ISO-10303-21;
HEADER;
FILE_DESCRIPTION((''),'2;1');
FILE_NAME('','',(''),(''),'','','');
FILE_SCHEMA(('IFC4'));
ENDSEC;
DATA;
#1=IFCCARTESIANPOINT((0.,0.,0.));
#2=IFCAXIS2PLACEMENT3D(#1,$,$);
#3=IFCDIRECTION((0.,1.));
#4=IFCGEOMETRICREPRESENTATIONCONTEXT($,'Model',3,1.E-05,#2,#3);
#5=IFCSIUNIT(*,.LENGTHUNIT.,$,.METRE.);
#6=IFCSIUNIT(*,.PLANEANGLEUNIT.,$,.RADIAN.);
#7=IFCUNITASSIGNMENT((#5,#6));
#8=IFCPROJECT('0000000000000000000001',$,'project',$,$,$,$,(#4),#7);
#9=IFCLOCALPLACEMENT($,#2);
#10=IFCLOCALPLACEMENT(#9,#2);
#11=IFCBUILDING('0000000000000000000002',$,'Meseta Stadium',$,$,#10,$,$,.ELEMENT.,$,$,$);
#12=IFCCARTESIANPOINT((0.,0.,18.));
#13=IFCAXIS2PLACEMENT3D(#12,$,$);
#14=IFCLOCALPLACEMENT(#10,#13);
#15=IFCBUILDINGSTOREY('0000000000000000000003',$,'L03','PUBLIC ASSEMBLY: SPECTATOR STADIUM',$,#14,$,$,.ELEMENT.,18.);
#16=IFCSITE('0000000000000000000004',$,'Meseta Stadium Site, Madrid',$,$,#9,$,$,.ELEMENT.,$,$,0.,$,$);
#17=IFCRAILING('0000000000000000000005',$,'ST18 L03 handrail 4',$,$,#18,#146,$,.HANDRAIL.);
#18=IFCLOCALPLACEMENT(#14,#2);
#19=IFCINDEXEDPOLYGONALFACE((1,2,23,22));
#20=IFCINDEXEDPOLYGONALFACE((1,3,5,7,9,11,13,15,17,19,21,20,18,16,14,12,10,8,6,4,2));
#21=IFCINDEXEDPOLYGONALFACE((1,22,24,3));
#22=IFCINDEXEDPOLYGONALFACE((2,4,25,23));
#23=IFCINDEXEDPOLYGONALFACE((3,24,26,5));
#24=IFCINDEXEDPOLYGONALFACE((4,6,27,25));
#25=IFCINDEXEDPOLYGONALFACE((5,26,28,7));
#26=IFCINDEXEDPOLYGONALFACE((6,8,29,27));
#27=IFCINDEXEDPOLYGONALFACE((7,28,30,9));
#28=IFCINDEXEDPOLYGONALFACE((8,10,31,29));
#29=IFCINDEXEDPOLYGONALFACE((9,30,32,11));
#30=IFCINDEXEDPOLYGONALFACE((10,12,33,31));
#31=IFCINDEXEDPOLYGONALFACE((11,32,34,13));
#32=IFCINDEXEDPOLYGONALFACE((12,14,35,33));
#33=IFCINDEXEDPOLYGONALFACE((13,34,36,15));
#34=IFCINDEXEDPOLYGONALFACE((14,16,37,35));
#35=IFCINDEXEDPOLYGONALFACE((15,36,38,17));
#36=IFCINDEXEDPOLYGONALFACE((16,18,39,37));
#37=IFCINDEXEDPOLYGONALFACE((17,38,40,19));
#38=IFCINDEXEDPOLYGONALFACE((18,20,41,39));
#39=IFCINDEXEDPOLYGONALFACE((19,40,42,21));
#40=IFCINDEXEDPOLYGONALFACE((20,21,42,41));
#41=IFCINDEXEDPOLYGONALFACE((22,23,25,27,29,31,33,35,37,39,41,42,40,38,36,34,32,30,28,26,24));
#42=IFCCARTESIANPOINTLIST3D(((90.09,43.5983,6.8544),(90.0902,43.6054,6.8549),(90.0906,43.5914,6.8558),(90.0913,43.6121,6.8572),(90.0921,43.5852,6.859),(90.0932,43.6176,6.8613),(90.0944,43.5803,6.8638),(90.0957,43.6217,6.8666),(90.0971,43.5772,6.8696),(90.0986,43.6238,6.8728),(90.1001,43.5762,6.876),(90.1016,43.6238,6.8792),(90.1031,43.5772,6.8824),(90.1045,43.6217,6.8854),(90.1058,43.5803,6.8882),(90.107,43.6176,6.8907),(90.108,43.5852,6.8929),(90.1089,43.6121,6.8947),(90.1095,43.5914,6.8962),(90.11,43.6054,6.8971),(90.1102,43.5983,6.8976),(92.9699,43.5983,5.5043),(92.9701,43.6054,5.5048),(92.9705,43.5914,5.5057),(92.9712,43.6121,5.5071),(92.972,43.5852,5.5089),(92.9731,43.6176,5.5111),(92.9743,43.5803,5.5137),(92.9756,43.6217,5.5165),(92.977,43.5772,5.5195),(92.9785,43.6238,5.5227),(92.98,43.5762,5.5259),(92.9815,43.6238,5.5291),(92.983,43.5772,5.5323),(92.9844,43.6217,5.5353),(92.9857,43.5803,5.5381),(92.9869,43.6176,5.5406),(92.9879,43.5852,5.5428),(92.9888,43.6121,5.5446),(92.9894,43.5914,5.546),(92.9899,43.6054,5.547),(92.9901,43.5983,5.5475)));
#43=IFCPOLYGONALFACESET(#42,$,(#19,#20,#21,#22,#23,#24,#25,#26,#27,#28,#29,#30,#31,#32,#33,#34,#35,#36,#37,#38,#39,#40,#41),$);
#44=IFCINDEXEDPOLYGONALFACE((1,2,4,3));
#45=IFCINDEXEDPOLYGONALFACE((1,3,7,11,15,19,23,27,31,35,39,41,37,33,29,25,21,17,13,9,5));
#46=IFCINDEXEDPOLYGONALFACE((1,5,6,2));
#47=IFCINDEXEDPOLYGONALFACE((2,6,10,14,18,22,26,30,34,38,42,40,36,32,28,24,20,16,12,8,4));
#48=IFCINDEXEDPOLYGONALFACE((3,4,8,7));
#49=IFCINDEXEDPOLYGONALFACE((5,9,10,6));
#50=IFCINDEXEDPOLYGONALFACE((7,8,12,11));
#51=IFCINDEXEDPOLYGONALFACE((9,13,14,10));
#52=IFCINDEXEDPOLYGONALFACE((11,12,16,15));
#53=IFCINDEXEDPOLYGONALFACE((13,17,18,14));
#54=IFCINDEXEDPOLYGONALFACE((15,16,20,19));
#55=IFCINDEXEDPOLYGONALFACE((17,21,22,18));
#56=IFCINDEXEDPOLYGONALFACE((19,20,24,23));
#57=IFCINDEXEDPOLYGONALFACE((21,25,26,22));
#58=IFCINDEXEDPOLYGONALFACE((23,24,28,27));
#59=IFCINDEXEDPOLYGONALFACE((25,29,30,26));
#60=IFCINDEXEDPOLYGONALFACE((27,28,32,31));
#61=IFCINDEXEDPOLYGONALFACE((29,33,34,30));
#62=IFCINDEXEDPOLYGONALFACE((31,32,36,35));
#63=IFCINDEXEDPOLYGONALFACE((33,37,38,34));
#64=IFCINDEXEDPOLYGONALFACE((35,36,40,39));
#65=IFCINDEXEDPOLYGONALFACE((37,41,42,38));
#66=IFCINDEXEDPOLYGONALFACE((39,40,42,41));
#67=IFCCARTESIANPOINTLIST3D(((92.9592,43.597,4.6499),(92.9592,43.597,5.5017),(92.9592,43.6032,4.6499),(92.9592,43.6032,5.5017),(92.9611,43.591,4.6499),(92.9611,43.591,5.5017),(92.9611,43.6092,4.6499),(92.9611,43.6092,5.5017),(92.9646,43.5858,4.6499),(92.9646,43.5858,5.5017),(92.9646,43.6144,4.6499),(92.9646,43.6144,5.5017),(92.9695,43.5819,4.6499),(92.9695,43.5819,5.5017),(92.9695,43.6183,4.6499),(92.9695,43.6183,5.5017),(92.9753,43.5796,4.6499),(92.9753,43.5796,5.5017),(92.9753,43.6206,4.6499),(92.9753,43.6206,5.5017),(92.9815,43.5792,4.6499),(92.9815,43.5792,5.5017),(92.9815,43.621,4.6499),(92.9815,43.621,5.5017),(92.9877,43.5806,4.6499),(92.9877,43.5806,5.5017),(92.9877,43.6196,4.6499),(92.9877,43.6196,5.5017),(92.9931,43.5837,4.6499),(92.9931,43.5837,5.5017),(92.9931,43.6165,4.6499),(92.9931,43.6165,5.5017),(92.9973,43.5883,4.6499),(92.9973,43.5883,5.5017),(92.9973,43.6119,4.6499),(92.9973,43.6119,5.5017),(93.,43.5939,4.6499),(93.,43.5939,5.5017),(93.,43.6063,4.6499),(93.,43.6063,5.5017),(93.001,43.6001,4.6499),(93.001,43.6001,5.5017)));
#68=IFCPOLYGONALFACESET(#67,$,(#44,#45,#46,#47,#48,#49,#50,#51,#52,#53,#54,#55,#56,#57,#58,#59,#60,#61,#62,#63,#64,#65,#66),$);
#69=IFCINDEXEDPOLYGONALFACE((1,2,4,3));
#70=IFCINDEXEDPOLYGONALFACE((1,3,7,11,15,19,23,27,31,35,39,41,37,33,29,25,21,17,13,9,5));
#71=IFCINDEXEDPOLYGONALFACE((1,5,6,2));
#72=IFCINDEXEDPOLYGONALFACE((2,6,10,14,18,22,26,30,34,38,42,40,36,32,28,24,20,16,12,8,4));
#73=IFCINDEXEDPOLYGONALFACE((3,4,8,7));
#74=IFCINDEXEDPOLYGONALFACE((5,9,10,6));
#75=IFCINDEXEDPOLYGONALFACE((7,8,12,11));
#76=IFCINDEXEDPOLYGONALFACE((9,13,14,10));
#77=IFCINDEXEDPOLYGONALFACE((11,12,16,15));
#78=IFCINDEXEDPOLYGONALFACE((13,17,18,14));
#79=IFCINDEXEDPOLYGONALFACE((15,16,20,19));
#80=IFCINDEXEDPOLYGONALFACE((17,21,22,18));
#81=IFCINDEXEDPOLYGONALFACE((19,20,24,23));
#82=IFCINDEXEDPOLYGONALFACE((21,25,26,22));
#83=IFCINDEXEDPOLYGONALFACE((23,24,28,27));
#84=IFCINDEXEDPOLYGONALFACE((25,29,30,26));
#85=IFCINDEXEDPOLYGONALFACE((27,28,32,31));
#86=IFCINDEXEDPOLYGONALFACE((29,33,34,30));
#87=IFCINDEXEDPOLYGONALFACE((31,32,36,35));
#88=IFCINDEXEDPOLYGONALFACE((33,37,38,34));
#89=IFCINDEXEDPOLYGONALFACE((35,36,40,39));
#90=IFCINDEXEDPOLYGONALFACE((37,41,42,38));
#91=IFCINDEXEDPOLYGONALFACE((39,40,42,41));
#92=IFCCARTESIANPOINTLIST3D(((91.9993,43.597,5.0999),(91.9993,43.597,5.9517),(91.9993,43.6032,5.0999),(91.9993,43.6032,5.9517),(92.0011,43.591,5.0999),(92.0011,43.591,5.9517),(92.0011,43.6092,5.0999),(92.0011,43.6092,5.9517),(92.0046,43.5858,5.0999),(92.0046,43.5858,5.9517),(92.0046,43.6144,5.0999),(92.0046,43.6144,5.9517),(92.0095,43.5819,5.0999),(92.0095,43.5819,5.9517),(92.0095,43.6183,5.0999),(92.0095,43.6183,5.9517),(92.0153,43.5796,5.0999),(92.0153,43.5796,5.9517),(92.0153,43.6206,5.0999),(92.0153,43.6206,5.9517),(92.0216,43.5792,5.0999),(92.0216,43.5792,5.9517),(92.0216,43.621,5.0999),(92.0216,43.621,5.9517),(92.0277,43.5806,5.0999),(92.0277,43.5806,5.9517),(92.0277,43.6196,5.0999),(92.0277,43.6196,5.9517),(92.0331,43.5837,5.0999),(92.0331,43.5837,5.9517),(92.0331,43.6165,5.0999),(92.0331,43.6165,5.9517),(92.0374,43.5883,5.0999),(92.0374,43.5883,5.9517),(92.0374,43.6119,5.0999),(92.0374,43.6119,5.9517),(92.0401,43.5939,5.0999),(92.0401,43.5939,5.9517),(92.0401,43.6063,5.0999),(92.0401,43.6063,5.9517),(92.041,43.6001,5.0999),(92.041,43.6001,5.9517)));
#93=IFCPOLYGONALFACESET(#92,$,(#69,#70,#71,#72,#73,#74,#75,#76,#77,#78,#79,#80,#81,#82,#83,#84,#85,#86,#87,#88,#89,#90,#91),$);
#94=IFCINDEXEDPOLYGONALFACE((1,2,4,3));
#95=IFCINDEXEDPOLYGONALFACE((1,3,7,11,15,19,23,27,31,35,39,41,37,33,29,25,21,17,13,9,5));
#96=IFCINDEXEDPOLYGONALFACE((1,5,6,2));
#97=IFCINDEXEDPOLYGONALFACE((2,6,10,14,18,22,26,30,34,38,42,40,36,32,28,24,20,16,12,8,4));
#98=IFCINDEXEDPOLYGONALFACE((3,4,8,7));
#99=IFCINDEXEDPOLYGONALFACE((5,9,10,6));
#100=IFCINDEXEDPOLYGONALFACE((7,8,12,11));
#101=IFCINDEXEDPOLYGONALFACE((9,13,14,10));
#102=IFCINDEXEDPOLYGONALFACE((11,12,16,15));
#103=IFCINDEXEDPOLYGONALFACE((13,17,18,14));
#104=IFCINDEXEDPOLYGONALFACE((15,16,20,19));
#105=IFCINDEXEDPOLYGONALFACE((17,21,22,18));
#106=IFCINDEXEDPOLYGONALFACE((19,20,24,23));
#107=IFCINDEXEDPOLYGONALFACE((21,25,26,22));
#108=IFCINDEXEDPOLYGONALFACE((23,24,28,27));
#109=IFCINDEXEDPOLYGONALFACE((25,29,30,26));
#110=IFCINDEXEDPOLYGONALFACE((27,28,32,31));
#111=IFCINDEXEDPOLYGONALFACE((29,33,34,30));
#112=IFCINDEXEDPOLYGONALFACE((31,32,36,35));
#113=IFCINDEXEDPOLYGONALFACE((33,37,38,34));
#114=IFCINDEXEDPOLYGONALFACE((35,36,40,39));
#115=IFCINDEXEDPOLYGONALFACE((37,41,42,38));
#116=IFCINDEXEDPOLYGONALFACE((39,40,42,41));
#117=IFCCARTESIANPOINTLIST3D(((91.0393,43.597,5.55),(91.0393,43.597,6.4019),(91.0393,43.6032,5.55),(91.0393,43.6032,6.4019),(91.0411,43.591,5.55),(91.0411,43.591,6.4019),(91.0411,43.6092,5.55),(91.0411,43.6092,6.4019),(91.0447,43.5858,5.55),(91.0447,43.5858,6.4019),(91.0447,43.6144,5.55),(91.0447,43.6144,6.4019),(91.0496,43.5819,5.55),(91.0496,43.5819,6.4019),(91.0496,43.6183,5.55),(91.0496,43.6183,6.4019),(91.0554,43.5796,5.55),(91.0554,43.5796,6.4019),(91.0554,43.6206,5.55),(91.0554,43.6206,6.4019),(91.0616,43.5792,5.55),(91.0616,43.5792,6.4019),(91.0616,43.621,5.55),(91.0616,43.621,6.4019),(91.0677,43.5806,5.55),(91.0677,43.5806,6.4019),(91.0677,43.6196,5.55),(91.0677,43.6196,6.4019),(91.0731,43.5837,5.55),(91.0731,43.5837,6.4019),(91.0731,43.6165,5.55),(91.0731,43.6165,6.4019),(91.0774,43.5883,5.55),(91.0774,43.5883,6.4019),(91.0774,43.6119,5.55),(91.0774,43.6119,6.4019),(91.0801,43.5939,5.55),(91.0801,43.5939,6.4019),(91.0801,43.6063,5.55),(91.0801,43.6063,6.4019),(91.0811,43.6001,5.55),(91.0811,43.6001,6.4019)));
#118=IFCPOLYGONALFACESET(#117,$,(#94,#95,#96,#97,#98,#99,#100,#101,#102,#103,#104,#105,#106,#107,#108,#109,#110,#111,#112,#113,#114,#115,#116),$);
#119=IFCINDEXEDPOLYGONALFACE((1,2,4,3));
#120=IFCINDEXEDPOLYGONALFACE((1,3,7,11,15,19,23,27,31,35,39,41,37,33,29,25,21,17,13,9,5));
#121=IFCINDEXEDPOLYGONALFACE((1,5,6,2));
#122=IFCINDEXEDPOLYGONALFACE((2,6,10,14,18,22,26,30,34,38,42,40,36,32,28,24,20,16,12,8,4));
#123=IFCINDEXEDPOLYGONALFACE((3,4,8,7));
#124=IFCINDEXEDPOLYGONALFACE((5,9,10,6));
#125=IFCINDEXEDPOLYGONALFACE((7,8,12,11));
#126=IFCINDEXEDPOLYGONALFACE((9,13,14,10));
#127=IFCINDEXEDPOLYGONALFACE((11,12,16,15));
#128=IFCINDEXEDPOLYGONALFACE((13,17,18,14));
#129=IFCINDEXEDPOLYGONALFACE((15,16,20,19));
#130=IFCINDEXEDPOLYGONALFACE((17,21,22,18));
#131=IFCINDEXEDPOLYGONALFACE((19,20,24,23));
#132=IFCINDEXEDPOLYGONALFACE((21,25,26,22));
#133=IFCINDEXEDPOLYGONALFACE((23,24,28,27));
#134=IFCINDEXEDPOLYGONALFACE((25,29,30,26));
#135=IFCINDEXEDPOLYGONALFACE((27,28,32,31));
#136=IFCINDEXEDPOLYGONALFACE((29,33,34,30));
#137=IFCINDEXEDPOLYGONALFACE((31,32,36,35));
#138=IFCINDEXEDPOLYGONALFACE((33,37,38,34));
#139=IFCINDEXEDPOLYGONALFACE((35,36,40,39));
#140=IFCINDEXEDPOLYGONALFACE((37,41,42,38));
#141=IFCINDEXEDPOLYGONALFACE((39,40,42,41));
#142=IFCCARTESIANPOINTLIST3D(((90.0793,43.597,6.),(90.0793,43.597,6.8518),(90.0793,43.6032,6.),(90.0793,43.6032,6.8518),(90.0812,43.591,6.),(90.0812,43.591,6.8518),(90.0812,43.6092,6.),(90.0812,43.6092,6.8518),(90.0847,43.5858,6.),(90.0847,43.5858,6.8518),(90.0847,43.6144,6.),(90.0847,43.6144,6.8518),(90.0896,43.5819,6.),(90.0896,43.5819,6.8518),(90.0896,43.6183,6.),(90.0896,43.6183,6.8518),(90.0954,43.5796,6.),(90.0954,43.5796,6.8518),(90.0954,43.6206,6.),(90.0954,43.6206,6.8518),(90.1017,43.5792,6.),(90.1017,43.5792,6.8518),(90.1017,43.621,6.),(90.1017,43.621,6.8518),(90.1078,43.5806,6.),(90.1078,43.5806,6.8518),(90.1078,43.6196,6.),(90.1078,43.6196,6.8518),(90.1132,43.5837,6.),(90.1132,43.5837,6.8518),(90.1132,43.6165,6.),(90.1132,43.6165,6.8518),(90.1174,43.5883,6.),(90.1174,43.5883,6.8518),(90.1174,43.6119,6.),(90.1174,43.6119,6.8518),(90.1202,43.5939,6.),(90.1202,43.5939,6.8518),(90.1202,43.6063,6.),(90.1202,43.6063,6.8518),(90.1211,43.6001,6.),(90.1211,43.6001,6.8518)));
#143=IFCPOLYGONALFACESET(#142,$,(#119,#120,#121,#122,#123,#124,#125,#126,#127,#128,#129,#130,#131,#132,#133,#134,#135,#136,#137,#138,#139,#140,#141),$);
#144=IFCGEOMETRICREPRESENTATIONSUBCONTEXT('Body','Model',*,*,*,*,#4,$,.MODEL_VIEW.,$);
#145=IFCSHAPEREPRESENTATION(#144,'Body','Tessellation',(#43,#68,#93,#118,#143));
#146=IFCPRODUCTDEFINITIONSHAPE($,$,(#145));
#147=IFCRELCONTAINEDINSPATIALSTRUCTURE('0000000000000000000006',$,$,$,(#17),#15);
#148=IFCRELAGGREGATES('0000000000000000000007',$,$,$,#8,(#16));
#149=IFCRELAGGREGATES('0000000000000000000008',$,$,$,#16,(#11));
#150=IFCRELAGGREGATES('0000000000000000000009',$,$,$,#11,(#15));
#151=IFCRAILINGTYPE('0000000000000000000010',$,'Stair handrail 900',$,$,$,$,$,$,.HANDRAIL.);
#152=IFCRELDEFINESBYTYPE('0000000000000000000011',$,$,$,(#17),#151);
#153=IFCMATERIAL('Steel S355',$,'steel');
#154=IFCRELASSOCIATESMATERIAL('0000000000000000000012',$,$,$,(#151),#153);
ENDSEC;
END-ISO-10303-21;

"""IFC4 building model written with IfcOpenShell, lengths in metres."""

from ifc_helpers import new_model, si_unit, direction, frame, origin, origin_2d, place, context, subcontext, project, spatial, circle, extrude, material, type_object, element, save


model = new_model("IFC4")

# Units and contexts
model_context = context("Model", 3, precision=1e-05, world=origin(), true_north=direction((0.0, 1.0)))
body_context = subcontext(model_context, "Body", "Model", "MODEL_VIEW")
ifc_project = project(units=[si_unit("LENGTHUNIT", "METRE"), si_unit("PLANEANGLEUNIT", "RADIAN")], contexts=[model_context])

# Site, building, storey
site_placement = place(None, origin())
site = spatial("IfcSite", under=ifc_project, at=site_placement, Name="Meseta Stadium Site, Madrid", CompositionType="ELEMENT", RefElevation=0.0)
building_placement = place(site_placement, origin())
building = spatial("IfcBuilding", under=site, at=building_placement, Name="Meseta Stadium", CompositionType="ELEMENT")
storey_placement = place(building_placement, frame((0.0, 0.0, 18.0)))
storey = spatial("IfcBuildingStorey", under=building, at=storey_placement, Name="L03", Description="PUBLIC ASSEMBLY: SPECTATOR STADIUM", CompositionType="ELEMENT", Elevation=18.0)

# Railing
ifc_material_1 = material(Name="Steel S355", Category="steel")
railing_type_1 = type_object("IfcRailingType", Name="Stair handrail 900", PredefinedType="HANDRAIL", material=ifc_material_1)
for number, where, name in (
    (1, (92.98, 43.6001, 4.6499), "ST18 L03 handrail 4"),
):
    element("IfcRailing", number, at=place(storey_placement, frame(where)), inside=storey, type_object=railing_type_1, Name=name, PredefinedType="HANDRAIL", context=body_context, shape_type="SweptSolid", body=[
        extrude(circle(Radius=0.0239, at=origin_2d()), frame((0.0, 0.0, 0.876), z_axis=(-0.90544, 0.0, 0.424473), x_axis=(0.0, -1.0, 0.0)), (0.0, 0.0, 1.0), 3.1807),
        extrude(circle(Radius=0.021, at=origin_2d()), origin(), (0.0, 0.0, 1.0), 0.8518),
        extrude(circle(Radius=0.021, at=origin_2d()), frame((-0.96, 0.0, 0.45)), (0.0, 0.0, 1.0), 0.8518),
        extrude(circle(Radius=0.021, at=origin_2d()), frame((-1.9199, 0.0, 0.9001)), (0.0, 0.0, 1.0), 0.8518),
        extrude(circle(Radius=0.021, at=origin_2d()), frame((-2.8799, 0.0, 1.3501)), (0.0, 0.0, 1.0), 0.8518),
    ])

save(model, "model.ifc")
